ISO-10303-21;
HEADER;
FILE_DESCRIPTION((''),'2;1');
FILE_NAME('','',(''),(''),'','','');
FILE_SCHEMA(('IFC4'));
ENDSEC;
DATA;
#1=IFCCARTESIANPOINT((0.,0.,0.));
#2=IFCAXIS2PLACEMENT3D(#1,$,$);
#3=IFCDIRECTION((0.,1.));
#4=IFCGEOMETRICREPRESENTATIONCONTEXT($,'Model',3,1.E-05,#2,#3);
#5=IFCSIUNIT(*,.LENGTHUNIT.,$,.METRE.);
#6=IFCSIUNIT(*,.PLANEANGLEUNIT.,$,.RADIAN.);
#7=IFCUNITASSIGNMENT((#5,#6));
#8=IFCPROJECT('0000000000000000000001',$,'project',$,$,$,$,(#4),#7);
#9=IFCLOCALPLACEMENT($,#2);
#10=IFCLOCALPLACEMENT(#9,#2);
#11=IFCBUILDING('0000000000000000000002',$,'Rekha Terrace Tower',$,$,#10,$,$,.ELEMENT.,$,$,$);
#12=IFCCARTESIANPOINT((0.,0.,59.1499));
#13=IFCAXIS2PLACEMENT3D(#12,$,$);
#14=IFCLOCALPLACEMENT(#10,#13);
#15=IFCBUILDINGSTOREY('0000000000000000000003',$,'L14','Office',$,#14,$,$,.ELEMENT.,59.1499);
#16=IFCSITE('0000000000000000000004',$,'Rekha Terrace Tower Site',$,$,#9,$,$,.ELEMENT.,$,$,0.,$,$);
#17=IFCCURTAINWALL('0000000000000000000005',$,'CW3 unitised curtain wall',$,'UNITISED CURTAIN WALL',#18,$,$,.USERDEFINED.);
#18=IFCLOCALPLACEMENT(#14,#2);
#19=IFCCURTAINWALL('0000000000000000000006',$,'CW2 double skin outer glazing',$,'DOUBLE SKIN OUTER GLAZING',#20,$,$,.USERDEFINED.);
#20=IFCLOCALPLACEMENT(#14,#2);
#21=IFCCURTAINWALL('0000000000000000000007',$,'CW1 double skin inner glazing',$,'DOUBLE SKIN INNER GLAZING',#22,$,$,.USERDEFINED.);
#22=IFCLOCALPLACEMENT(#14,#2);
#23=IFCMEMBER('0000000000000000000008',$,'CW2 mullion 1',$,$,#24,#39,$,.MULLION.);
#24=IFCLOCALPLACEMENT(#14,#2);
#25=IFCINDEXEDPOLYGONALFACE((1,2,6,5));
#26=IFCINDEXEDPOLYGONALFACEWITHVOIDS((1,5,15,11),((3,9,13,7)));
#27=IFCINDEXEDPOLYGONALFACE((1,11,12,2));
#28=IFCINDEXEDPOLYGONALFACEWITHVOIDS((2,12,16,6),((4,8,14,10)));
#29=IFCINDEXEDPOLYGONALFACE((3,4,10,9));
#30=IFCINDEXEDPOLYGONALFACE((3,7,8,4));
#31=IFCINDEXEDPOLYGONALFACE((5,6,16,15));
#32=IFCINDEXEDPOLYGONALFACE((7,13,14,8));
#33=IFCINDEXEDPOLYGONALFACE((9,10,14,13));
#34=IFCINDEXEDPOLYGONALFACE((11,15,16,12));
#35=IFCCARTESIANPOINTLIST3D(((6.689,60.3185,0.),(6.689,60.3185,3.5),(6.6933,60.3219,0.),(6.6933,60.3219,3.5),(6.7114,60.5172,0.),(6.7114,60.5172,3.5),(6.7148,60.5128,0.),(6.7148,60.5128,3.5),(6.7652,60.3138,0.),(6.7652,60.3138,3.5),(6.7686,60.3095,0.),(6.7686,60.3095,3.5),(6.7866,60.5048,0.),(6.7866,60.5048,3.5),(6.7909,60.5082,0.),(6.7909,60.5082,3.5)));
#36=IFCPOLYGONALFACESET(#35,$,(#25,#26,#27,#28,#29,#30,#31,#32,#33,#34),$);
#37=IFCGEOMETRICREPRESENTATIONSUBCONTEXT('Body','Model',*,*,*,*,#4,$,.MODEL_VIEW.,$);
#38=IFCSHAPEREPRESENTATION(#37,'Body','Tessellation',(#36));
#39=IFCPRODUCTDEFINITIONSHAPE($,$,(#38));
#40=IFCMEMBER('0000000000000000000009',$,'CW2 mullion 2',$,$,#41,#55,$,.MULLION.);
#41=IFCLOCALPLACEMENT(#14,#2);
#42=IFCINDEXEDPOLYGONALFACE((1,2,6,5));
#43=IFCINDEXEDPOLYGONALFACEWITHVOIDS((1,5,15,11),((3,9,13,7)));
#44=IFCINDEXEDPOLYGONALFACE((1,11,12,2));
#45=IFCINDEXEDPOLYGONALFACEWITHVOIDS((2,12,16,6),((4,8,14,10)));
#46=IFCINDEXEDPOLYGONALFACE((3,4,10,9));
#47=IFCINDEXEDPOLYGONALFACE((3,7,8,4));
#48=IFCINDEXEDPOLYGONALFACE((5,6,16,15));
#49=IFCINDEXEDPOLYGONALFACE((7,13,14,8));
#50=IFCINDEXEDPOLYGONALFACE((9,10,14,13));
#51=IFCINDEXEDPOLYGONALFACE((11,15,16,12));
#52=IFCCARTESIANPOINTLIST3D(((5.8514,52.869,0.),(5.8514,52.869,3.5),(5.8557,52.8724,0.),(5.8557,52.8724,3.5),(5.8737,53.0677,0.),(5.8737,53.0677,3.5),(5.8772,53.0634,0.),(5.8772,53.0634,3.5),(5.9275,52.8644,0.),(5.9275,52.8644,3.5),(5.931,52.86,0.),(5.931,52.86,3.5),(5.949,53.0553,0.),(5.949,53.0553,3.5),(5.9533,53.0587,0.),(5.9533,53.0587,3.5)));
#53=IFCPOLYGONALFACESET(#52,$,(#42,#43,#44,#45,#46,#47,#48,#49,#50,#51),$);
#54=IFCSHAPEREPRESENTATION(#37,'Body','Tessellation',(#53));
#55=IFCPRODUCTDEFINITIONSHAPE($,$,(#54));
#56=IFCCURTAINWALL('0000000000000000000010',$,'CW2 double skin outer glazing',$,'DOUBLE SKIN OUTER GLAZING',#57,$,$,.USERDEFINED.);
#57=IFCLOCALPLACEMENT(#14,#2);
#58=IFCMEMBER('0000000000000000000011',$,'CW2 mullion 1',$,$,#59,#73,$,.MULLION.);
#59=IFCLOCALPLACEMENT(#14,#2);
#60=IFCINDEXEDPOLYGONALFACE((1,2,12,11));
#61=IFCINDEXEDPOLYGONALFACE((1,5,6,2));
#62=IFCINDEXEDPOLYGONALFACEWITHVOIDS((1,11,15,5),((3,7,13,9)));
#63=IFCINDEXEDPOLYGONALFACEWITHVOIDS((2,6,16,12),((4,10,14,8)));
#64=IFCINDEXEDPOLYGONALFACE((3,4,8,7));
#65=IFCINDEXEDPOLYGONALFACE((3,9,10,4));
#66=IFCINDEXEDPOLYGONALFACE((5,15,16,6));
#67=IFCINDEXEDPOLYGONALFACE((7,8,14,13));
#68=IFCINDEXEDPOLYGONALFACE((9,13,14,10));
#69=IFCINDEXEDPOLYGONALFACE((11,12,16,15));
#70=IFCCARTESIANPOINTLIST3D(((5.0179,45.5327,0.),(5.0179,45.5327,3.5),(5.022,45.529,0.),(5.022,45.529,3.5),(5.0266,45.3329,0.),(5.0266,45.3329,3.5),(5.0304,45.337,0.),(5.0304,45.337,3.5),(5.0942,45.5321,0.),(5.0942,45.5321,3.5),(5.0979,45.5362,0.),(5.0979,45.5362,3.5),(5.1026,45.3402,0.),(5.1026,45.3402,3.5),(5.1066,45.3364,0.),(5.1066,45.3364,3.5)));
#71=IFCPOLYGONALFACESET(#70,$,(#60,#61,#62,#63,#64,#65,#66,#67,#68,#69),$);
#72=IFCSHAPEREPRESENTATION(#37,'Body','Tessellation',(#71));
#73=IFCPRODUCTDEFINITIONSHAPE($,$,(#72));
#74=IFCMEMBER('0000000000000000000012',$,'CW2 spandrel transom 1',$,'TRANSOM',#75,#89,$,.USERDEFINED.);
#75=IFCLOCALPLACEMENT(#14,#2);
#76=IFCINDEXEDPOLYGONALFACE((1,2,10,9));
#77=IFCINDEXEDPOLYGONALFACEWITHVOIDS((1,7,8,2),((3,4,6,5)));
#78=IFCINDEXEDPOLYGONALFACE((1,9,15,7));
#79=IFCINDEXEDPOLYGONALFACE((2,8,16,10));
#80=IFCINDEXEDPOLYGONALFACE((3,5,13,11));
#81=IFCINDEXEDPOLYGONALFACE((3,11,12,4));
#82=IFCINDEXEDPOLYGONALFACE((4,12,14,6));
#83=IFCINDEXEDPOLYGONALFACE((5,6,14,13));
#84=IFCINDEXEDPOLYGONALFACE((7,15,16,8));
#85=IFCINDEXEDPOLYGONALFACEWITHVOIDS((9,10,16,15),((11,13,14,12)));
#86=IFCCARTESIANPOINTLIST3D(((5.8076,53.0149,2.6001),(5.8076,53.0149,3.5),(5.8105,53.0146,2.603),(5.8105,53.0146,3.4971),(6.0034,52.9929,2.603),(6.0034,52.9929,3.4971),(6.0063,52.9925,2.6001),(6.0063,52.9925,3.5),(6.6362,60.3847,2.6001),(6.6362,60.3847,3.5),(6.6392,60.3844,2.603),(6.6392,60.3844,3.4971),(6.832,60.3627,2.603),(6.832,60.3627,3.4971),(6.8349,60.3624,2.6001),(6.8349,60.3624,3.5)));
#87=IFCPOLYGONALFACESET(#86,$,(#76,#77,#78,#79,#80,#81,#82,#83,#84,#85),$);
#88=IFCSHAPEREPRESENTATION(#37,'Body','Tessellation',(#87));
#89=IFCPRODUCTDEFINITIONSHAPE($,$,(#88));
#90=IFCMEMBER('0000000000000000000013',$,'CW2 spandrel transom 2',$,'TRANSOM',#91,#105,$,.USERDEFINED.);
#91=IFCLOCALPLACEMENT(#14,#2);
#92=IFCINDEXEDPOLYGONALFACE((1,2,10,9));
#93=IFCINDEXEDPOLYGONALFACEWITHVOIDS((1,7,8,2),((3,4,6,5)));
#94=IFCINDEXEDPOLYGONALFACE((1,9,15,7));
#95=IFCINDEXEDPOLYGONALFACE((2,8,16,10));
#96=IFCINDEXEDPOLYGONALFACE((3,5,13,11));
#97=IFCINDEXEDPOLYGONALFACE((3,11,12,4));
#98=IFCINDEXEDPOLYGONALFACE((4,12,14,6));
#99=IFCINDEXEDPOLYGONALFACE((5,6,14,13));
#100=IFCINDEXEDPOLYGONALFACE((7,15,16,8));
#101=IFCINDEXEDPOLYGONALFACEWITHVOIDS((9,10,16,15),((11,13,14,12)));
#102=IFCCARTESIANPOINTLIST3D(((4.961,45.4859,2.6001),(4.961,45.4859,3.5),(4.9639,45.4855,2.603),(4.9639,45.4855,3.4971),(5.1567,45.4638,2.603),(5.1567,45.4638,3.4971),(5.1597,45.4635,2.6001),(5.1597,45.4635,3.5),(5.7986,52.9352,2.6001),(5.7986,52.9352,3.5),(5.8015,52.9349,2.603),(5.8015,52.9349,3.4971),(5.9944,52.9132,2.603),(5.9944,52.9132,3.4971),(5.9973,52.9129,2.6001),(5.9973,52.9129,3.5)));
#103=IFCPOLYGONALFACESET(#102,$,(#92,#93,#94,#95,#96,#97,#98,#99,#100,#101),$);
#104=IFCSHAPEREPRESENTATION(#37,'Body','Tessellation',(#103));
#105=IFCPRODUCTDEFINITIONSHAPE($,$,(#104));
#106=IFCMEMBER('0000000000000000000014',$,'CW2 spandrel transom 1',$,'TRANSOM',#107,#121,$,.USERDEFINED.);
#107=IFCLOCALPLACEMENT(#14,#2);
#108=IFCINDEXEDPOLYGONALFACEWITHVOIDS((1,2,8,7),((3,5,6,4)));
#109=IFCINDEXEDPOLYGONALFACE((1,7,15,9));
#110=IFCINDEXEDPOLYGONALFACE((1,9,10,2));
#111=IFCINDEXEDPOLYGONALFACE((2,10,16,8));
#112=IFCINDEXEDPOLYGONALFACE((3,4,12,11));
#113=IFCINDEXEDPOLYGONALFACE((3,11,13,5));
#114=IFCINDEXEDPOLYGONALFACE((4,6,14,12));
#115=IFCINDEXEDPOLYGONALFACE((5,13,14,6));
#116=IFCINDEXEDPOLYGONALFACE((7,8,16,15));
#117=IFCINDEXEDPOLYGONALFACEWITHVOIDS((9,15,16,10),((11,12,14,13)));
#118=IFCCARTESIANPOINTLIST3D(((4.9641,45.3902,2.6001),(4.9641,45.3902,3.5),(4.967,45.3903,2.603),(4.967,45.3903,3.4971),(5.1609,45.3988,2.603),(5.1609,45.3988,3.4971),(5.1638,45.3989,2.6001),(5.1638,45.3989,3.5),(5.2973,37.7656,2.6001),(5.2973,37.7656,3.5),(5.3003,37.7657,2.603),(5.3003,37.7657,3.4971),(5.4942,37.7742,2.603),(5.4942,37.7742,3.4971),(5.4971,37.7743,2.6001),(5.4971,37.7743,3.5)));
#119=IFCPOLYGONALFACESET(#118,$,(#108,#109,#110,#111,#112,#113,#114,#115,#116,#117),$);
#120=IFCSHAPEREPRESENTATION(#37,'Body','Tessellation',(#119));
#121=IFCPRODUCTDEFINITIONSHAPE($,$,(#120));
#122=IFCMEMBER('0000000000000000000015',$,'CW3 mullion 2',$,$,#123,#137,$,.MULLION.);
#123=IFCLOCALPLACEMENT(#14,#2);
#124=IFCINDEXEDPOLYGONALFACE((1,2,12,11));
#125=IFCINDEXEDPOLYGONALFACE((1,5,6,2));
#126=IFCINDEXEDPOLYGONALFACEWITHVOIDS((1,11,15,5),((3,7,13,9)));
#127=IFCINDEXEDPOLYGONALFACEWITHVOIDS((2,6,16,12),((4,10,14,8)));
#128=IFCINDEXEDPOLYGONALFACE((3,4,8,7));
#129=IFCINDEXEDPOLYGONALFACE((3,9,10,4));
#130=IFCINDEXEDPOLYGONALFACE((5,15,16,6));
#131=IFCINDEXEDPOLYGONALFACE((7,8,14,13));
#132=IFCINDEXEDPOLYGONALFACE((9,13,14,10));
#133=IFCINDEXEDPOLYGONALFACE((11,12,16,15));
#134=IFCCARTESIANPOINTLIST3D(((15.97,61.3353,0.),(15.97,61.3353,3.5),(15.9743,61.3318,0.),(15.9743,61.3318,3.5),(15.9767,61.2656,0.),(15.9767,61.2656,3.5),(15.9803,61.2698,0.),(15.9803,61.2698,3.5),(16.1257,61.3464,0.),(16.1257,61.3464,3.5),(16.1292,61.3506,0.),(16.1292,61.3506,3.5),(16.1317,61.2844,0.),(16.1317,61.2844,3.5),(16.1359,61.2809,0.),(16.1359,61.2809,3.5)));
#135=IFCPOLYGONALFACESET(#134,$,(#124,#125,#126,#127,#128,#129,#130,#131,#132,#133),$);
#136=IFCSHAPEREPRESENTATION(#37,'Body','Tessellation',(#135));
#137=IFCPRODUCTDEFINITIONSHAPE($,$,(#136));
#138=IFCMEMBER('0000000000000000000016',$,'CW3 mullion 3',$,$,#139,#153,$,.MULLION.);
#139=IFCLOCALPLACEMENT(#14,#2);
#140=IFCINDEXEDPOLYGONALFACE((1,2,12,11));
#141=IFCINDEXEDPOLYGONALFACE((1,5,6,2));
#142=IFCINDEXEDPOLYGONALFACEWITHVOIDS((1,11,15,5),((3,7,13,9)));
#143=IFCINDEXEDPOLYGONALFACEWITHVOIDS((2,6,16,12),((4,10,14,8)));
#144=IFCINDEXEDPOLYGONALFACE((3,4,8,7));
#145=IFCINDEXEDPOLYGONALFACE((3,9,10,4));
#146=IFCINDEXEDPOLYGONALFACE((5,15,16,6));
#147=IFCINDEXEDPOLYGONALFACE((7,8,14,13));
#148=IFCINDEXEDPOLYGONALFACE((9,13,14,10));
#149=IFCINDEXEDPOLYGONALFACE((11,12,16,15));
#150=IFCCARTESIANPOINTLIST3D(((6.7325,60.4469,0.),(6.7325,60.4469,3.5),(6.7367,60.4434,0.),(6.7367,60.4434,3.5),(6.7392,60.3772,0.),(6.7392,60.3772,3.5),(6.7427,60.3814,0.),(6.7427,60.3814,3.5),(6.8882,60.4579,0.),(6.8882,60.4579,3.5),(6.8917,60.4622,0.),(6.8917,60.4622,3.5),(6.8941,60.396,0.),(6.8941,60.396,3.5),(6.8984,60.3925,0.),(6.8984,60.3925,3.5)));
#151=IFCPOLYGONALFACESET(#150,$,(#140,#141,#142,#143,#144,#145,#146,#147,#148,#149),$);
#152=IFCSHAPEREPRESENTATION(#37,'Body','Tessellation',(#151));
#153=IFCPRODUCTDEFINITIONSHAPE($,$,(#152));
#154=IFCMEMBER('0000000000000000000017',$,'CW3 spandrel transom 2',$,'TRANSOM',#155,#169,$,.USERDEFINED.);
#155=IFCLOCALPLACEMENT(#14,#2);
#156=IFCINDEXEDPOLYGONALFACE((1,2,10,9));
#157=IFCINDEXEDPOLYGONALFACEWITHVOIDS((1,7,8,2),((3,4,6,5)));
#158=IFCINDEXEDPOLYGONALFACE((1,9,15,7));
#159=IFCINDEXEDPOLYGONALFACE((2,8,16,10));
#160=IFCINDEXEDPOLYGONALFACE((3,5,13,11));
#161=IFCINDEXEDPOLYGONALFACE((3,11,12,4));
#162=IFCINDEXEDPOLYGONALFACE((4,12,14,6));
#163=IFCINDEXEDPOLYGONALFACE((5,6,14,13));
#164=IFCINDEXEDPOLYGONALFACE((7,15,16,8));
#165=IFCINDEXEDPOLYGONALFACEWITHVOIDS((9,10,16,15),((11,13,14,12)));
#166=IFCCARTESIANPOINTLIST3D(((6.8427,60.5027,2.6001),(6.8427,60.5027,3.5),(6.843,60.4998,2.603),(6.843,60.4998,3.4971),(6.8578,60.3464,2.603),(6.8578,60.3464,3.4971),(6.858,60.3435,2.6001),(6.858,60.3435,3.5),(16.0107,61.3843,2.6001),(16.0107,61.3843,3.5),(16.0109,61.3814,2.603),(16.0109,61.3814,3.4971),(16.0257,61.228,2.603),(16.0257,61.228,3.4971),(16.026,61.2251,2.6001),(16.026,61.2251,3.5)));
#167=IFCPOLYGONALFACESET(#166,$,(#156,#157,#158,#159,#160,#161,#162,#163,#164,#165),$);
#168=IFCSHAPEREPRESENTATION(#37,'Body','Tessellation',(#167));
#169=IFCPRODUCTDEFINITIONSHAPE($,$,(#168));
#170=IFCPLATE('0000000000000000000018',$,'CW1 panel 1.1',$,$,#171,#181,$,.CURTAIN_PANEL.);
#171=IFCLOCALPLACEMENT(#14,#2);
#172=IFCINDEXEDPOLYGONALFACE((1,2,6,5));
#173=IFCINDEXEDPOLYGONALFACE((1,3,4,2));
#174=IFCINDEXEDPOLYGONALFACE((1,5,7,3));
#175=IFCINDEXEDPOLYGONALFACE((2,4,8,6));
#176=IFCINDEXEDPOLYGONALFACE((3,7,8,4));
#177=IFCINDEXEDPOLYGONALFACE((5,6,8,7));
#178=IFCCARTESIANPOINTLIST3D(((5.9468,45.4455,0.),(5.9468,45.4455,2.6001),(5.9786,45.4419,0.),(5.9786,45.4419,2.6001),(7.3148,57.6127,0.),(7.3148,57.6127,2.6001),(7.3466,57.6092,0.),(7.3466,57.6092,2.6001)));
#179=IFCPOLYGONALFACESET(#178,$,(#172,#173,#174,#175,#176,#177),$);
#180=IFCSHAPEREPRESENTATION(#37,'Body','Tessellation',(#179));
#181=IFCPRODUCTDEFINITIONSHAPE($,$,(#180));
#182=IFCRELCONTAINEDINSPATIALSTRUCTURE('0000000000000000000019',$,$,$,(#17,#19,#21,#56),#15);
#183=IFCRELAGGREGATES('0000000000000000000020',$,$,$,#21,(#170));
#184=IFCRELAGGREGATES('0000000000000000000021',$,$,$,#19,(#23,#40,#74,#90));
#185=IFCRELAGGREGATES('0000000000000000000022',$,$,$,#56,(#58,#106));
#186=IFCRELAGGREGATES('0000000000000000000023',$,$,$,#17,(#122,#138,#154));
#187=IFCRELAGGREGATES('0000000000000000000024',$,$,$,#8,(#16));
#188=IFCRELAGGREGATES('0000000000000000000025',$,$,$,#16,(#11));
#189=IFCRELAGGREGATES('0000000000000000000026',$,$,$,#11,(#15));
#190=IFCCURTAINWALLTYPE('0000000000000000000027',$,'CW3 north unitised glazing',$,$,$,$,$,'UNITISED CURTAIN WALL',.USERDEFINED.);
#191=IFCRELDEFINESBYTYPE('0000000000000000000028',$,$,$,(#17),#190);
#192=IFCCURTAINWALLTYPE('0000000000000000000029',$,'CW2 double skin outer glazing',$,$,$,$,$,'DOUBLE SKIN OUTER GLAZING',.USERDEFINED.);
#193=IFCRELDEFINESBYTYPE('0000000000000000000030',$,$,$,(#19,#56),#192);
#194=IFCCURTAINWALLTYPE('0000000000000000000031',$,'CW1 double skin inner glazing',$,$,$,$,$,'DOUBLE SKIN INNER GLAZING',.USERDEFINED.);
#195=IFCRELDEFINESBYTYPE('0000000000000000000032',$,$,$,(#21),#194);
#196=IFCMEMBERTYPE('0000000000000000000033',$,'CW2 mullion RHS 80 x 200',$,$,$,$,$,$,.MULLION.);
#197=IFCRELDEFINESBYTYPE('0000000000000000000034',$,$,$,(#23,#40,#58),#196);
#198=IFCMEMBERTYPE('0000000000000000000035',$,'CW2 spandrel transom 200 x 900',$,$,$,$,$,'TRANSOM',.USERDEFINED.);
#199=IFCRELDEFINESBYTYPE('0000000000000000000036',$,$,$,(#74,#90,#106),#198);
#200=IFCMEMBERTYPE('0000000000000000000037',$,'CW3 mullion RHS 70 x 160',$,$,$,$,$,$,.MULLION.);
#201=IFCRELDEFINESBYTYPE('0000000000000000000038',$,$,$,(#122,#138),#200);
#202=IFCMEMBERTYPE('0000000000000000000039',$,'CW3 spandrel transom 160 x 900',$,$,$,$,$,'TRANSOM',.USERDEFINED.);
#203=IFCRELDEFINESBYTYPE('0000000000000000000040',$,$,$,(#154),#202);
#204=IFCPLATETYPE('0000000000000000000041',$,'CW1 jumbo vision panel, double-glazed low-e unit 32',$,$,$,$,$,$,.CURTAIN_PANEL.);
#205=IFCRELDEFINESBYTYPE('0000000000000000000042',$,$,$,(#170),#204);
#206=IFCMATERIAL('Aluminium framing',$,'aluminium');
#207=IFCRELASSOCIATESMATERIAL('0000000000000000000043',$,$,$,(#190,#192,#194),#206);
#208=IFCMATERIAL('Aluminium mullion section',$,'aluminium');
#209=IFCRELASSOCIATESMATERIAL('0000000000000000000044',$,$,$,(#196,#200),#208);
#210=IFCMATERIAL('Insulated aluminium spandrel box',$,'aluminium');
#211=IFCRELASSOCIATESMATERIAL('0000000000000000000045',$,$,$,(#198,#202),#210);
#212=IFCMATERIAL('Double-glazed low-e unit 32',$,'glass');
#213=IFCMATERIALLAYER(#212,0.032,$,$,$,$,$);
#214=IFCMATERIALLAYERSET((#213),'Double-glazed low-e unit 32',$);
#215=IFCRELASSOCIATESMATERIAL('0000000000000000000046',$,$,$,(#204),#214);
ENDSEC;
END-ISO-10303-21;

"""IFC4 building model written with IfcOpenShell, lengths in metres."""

from ifc_helpers import new_model, si_unit, direction, frame, origin, origin_2d, place, context, subcontext, project, spatial, rectangle, hollow_rectangle, extrude, material, layer, layer_set, material_profile, profile_set, type_object, element, aggregate, save


model = new_model("IFC4")

# Units and contexts
model_context = context("Model", 3, precision=1e-05, world=origin(), true_north=direction((0.0, 1.0)))
body_context = subcontext(model_context, "Body", "Model", "MODEL_VIEW")
ifc_project = project(units=[si_unit("LENGTHUNIT", "METRE"), si_unit("PLANEANGLEUNIT", "RADIAN")], contexts=[model_context])

# Site, building, storey
site_placement = place(None, origin())
site = spatial("IfcSite", under=ifc_project, at=site_placement, Name="Rekha Terrace Tower Site", CompositionType="ELEMENT", RefElevation=0.0)
building_placement = place(site_placement, origin())
building = spatial("IfcBuilding", under=site, at=building_placement, Name="Rekha Terrace Tower", CompositionType="ELEMENT")
storey_placement = place(building_placement, frame((0.0, 0.0, 59.1499)))
storey = spatial("IfcBuildingStorey", under=building, at=storey_placement, Name="L14", Description="Office", CompositionType="ELEMENT", Elevation=59.1499)

# Curtain walls
ifc_material_1 = material(Name="Aluminium framing", Category="aluminium")
curtain_wall_type_1 = type_object("IfcCurtainWallType", Name="CW3 north unitised glazing", ElementType="UNITISED CURTAIN WALL", PredefinedType="USERDEFINED", material=ifc_material_1)
curtain_wall_1_placement = place(storey_placement, origin())
curtain_wall_1 = element("IfcCurtainWall", 1, at=curtain_wall_1_placement, inside=storey, type_object=curtain_wall_type_1, Name="CW3 unitised curtain wall", ObjectType="UNITISED CURTAIN WALL", PredefinedType="USERDEFINED")
curtain_wall_type_2 = type_object("IfcCurtainWallType", Name="CW2 double skin outer glazing", ElementType="DOUBLE SKIN OUTER GLAZING", PredefinedType="USERDEFINED", material=ifc_material_1)
curtain_wall_2_placement = place(storey_placement, origin())
curtain_wall_2 = element("IfcCurtainWall", 2, at=curtain_wall_2_placement, inside=storey, type_object=curtain_wall_type_2, Name="CW2 double skin outer glazing", ObjectType="DOUBLE SKIN OUTER GLAZING", PredefinedType="USERDEFINED")
curtain_wall_type_3 = type_object("IfcCurtainWallType", Name="CW1 double skin inner glazing", ElementType="DOUBLE SKIN INNER GLAZING", PredefinedType="USERDEFINED", material=ifc_material_1)
curtain_wall_3_placement = place(storey_placement, origin())
curtain_wall_3 = element("IfcCurtainWall", 3, at=curtain_wall_3_placement, inside=storey, type_object=curtain_wall_type_3, Name="CW1 double skin inner glazing", ObjectType="DOUBLE SKIN INNER GLAZING", PredefinedType="USERDEFINED")
ifc_material_2 = material(Name="Aluminium mullion section", Category="aluminium")

# Members
ifc_material_3 = material(Name="Insulated aluminium spandrel box", Category="aluminium")
ifc_material_profile_1 = material_profile(ifc_material_2, hollow_rectangle(XDim=0.0801, YDim=0.2, WallThickness=0.0039, at=origin_2d()), Name="AL RHS 80x200")
ifc_profile_set_1 = profile_set([ifc_material_profile_1], Name="Aluminium mullion section")
member_type_1 = type_object("IfcMemberType", Name="CW2 mullion RHS 80 x 200", PredefinedType="MULLION", material=ifc_profile_set_1)
member_1_placement = place(storey_placement, frame((6.74, 60.4133, 0.0), z_axis=(0.0, 0.0, 1.0), x_axis=(0.993739, -0.11173, 0.0)))
member_1 = element("IfcMember", 4, at=member_1_placement, type_object=member_type_1, Name="CW2 mullion 1", PredefinedType="MULLION", context=body_context, shape_type="SweptSolid", body=[
    extrude(hollow_rectangle(XDim=0.0801, YDim=0.2, WallThickness=0.0039, at=origin_2d()), origin(), (0.0, 0.0, 1.0), 3.5),
])
member_2_placement = place(storey_placement, frame((5.9023, 52.9639, 0.0), z_axis=(0.0, 0.0, 1.0), x_axis=(0.993739, -0.11173, 0.0)))
member_2 = element("IfcMember", 5, at=member_2_placement, type_object=member_type_1, Name="CW2 mullion 2", PredefinedType="MULLION", context=body_context, shape_type="SweptSolid", body=[
    extrude(hollow_rectangle(XDim=0.0801, YDim=0.2, WallThickness=0.0039, at=origin_2d()), origin(), (0.0, 0.0, 1.0), 3.5),
])

# Curtain wall, member
curtain_wall_4_placement = place(storey_placement, origin())
curtain_wall_4 = element("IfcCurtainWall", 6, at=curtain_wall_4_placement, inside=storey, type_object=curtain_wall_type_2, Name="CW2 double skin outer glazing", ObjectType="DOUBLE SKIN OUTER GLAZING", PredefinedType="USERDEFINED")
member_3_placement = place(storey_placement, frame((5.0623, 45.4346, 0.0), z_axis=(0.0, 0.0, 1.0), x_axis=(0.999045, 0.043683, 0.0)))
member_3 = element("IfcMember", 7, at=member_3_placement, type_object=member_type_1, Name="CW2 mullion 1", PredefinedType="MULLION", context=body_context, shape_type="SweptSolid", body=[
    extrude(hollow_rectangle(XDim=0.0801, YDim=0.2, WallThickness=0.0039, at=origin_2d()), origin(), (0.0, 0.0, 1.0), 3.5),
])

# Members
ifc_material_profile_2 = material_profile(ifc_material_3, hollow_rectangle(XDim=0.2, YDim=0.8999, WallThickness=0.0029, at=origin_2d()), Name="AL SPANDREL BOX 200x900")
ifc_profile_set_2 = profile_set([ifc_material_profile_2], Name="Insulated aluminium spandrel box")
member_type_2 = type_object("IfcMemberType", Name="CW2 spandrel transom 200 x 900", ElementType="TRANSOM", PredefinedType="USERDEFINED", material=ifc_profile_set_2)
member_4_placement = place(storey_placement, frame((6.7356, 60.3735, 3.05), z_axis=(-0.111729, -0.993739, 0.0), x_axis=(0.993739, -0.111729, 0.0)))
member_4 = element("IfcMember", 8, at=member_4_placement, type_object=member_type_2, Name="CW2 spandrel transom 1", ObjectType="TRANSOM", PredefinedType="USERDEFINED", context=body_context, shape_type="SweptSolid", body=[
    extrude(hollow_rectangle(XDim=0.2, YDim=0.8999, WallThickness=0.0029, at=origin_2d()), origin(), (0.0, 0.0, 1.0), 7.4163),
])
member_5_placement = place(storey_placement, frame((5.8979, 52.9241, 3.05), z_axis=(-0.11174, -0.993738, 0.0), x_axis=(0.993738, -0.11174, 0.0)))
member_5 = element("IfcMember", 9, at=member_5_placement, type_object=member_type_2, Name="CW2 spandrel transom 2", ObjectType="TRANSOM", PredefinedType="USERDEFINED", context=body_context, shape_type="SweptSolid", body=[
    extrude(hollow_rectangle(XDim=0.2, YDim=0.8999, WallThickness=0.0029, at=origin_2d()), origin(), (0.0, 0.0, 1.0), 7.4963),
])
member_6_placement = place(storey_placement, frame((5.064, 45.3945, 3.05), z_axis=(0.043666, -0.999046, 0.0), x_axis=(0.999046, 0.043666, 0.0)))
member_6 = element("IfcMember", 10, at=member_6_placement, type_object=member_type_2, Name="CW2 spandrel transom 1", ObjectType="TRANSOM", PredefinedType="USERDEFINED", context=body_context, shape_type="SweptSolid", body=[
    extrude(hollow_rectangle(XDim=0.2, YDim=0.8999, WallThickness=0.0029, at=origin_2d()), origin(), (0.0, 0.0, 1.0), 7.6318),
])
ifc_material_profile_3 = material_profile(ifc_material_2, hollow_rectangle(XDim=0.0701, YDim=0.1599, WallThickness=0.0039, at=origin_2d()), Name="AL RHS 70x160")
ifc_profile_set_3 = profile_set([ifc_material_profile_3], Name="Aluminium mullion section")
member_type_3 = type_object("IfcMemberType", Name="CW3 mullion RHS 70 x 160", PredefinedType="MULLION", material=ifc_profile_set_3)
member_7_placement = place(storey_placement, frame((16.053, 61.3081, 0.0), z_axis=(0.0, 0.0, 1.0), x_axis=(0.095712, -0.995409, 0.0)))
member_7 = element("IfcMember", 11, at=member_7_placement, type_object=member_type_3, Name="CW3 mullion 2", PredefinedType="MULLION", context=body_context, shape_type="SweptSolid", body=[
    extrude(hollow_rectangle(XDim=0.0701, YDim=0.1599, WallThickness=0.0039, at=origin_2d()), origin(), (0.0, 0.0, 1.0), 3.5),
])
member_8_placement = place(storey_placement, frame((6.8154, 60.4197, 0.0), z_axis=(0.0, 0.0, 1.0), x_axis=(0.095712, -0.995409, 0.0)))
member_8 = element("IfcMember", 12, at=member_8_placement, type_object=member_type_3, Name="CW3 mullion 3", PredefinedType="MULLION", context=body_context, shape_type="SweptSolid", body=[
    extrude(hollow_rectangle(XDim=0.0701, YDim=0.1599, WallThickness=0.0039, at=origin_2d()), origin(), (0.0, 0.0, 1.0), 3.5),
])
ifc_material_profile_4 = material_profile(ifc_material_3, hollow_rectangle(XDim=0.1599, YDim=0.8999, WallThickness=0.0029, at=origin_2d()), Name="AL SPANDREL BOX 160x900")
ifc_profile_set_4 = profile_set([ifc_material_profile_4], Name="Insulated aluminium spandrel box")
member_type_4 = type_object("IfcMemberType", Name="CW3 spandrel transom 160 x 900", ElementType="TRANSOM", PredefinedType="USERDEFINED", material=ifc_profile_set_4)
member_9_placement = place(storey_placement, frame((16.0183, 61.3047, 3.05), z_axis=(-0.995408, -0.095718, 0.0), x_axis=(0.095718, -0.995408, 0.0)))
member_9 = element("IfcMember", 13, at=member_9_placement, type_object=member_type_4, Name="CW3 spandrel transom 2", ObjectType="TRANSOM", PredefinedType="USERDEFINED", context=body_context, shape_type="SweptSolid", body=[
    extrude(hollow_rectangle(XDim=0.1599, YDim=0.8999, WallThickness=0.0029, at=origin_2d()), origin(), (0.0, 0.0, 1.0), 9.2102),
])

# Plate
ifc_material_4 = material(Name="Double-glazed low-e unit 32", Category="glass")
ifc_layer_1 = layer(ifc_material_4, 0.032)
ifc_layer_set_1 = layer_set([ifc_layer_1], Name="Double-glazed low-e unit 32")
plate_type_1 = type_object("IfcPlateType", Name="CW1 jumbo vision panel, double-glazed low-e unit 32", PredefinedType="CURTAIN_PANEL", material=ifc_layer_set_1)
plate_1_placement = place(storey_placement, frame((6.6467, 51.5273, 0.0), z_axis=(0.0, 0.0, 1.0), x_axis=(-0.11173, -0.993739, 0.0)))
plate_1 = element("IfcPlate", 14, at=plate_1_placement, type_object=plate_type_1, Name="CW1 panel 1.1", PredefinedType="CURTAIN_PANEL", context=body_context, shape_type="SweptSolid", body=[
    extrude(rectangle(XDim=12.2439, YDim=0.032, at=origin_2d()), origin(), (0.0, 0.0, 1.0), 2.6001),
])
aggregate(curtain_wall_3, [plate_1])
aggregate(curtain_wall_2, [member_1, member_2, member_4, member_5])
aggregate(curtain_wall_4, [member_3, member_6])
aggregate(curtain_wall_1, [member_7, member_8, member_9])

save(model, "model.ifc")
